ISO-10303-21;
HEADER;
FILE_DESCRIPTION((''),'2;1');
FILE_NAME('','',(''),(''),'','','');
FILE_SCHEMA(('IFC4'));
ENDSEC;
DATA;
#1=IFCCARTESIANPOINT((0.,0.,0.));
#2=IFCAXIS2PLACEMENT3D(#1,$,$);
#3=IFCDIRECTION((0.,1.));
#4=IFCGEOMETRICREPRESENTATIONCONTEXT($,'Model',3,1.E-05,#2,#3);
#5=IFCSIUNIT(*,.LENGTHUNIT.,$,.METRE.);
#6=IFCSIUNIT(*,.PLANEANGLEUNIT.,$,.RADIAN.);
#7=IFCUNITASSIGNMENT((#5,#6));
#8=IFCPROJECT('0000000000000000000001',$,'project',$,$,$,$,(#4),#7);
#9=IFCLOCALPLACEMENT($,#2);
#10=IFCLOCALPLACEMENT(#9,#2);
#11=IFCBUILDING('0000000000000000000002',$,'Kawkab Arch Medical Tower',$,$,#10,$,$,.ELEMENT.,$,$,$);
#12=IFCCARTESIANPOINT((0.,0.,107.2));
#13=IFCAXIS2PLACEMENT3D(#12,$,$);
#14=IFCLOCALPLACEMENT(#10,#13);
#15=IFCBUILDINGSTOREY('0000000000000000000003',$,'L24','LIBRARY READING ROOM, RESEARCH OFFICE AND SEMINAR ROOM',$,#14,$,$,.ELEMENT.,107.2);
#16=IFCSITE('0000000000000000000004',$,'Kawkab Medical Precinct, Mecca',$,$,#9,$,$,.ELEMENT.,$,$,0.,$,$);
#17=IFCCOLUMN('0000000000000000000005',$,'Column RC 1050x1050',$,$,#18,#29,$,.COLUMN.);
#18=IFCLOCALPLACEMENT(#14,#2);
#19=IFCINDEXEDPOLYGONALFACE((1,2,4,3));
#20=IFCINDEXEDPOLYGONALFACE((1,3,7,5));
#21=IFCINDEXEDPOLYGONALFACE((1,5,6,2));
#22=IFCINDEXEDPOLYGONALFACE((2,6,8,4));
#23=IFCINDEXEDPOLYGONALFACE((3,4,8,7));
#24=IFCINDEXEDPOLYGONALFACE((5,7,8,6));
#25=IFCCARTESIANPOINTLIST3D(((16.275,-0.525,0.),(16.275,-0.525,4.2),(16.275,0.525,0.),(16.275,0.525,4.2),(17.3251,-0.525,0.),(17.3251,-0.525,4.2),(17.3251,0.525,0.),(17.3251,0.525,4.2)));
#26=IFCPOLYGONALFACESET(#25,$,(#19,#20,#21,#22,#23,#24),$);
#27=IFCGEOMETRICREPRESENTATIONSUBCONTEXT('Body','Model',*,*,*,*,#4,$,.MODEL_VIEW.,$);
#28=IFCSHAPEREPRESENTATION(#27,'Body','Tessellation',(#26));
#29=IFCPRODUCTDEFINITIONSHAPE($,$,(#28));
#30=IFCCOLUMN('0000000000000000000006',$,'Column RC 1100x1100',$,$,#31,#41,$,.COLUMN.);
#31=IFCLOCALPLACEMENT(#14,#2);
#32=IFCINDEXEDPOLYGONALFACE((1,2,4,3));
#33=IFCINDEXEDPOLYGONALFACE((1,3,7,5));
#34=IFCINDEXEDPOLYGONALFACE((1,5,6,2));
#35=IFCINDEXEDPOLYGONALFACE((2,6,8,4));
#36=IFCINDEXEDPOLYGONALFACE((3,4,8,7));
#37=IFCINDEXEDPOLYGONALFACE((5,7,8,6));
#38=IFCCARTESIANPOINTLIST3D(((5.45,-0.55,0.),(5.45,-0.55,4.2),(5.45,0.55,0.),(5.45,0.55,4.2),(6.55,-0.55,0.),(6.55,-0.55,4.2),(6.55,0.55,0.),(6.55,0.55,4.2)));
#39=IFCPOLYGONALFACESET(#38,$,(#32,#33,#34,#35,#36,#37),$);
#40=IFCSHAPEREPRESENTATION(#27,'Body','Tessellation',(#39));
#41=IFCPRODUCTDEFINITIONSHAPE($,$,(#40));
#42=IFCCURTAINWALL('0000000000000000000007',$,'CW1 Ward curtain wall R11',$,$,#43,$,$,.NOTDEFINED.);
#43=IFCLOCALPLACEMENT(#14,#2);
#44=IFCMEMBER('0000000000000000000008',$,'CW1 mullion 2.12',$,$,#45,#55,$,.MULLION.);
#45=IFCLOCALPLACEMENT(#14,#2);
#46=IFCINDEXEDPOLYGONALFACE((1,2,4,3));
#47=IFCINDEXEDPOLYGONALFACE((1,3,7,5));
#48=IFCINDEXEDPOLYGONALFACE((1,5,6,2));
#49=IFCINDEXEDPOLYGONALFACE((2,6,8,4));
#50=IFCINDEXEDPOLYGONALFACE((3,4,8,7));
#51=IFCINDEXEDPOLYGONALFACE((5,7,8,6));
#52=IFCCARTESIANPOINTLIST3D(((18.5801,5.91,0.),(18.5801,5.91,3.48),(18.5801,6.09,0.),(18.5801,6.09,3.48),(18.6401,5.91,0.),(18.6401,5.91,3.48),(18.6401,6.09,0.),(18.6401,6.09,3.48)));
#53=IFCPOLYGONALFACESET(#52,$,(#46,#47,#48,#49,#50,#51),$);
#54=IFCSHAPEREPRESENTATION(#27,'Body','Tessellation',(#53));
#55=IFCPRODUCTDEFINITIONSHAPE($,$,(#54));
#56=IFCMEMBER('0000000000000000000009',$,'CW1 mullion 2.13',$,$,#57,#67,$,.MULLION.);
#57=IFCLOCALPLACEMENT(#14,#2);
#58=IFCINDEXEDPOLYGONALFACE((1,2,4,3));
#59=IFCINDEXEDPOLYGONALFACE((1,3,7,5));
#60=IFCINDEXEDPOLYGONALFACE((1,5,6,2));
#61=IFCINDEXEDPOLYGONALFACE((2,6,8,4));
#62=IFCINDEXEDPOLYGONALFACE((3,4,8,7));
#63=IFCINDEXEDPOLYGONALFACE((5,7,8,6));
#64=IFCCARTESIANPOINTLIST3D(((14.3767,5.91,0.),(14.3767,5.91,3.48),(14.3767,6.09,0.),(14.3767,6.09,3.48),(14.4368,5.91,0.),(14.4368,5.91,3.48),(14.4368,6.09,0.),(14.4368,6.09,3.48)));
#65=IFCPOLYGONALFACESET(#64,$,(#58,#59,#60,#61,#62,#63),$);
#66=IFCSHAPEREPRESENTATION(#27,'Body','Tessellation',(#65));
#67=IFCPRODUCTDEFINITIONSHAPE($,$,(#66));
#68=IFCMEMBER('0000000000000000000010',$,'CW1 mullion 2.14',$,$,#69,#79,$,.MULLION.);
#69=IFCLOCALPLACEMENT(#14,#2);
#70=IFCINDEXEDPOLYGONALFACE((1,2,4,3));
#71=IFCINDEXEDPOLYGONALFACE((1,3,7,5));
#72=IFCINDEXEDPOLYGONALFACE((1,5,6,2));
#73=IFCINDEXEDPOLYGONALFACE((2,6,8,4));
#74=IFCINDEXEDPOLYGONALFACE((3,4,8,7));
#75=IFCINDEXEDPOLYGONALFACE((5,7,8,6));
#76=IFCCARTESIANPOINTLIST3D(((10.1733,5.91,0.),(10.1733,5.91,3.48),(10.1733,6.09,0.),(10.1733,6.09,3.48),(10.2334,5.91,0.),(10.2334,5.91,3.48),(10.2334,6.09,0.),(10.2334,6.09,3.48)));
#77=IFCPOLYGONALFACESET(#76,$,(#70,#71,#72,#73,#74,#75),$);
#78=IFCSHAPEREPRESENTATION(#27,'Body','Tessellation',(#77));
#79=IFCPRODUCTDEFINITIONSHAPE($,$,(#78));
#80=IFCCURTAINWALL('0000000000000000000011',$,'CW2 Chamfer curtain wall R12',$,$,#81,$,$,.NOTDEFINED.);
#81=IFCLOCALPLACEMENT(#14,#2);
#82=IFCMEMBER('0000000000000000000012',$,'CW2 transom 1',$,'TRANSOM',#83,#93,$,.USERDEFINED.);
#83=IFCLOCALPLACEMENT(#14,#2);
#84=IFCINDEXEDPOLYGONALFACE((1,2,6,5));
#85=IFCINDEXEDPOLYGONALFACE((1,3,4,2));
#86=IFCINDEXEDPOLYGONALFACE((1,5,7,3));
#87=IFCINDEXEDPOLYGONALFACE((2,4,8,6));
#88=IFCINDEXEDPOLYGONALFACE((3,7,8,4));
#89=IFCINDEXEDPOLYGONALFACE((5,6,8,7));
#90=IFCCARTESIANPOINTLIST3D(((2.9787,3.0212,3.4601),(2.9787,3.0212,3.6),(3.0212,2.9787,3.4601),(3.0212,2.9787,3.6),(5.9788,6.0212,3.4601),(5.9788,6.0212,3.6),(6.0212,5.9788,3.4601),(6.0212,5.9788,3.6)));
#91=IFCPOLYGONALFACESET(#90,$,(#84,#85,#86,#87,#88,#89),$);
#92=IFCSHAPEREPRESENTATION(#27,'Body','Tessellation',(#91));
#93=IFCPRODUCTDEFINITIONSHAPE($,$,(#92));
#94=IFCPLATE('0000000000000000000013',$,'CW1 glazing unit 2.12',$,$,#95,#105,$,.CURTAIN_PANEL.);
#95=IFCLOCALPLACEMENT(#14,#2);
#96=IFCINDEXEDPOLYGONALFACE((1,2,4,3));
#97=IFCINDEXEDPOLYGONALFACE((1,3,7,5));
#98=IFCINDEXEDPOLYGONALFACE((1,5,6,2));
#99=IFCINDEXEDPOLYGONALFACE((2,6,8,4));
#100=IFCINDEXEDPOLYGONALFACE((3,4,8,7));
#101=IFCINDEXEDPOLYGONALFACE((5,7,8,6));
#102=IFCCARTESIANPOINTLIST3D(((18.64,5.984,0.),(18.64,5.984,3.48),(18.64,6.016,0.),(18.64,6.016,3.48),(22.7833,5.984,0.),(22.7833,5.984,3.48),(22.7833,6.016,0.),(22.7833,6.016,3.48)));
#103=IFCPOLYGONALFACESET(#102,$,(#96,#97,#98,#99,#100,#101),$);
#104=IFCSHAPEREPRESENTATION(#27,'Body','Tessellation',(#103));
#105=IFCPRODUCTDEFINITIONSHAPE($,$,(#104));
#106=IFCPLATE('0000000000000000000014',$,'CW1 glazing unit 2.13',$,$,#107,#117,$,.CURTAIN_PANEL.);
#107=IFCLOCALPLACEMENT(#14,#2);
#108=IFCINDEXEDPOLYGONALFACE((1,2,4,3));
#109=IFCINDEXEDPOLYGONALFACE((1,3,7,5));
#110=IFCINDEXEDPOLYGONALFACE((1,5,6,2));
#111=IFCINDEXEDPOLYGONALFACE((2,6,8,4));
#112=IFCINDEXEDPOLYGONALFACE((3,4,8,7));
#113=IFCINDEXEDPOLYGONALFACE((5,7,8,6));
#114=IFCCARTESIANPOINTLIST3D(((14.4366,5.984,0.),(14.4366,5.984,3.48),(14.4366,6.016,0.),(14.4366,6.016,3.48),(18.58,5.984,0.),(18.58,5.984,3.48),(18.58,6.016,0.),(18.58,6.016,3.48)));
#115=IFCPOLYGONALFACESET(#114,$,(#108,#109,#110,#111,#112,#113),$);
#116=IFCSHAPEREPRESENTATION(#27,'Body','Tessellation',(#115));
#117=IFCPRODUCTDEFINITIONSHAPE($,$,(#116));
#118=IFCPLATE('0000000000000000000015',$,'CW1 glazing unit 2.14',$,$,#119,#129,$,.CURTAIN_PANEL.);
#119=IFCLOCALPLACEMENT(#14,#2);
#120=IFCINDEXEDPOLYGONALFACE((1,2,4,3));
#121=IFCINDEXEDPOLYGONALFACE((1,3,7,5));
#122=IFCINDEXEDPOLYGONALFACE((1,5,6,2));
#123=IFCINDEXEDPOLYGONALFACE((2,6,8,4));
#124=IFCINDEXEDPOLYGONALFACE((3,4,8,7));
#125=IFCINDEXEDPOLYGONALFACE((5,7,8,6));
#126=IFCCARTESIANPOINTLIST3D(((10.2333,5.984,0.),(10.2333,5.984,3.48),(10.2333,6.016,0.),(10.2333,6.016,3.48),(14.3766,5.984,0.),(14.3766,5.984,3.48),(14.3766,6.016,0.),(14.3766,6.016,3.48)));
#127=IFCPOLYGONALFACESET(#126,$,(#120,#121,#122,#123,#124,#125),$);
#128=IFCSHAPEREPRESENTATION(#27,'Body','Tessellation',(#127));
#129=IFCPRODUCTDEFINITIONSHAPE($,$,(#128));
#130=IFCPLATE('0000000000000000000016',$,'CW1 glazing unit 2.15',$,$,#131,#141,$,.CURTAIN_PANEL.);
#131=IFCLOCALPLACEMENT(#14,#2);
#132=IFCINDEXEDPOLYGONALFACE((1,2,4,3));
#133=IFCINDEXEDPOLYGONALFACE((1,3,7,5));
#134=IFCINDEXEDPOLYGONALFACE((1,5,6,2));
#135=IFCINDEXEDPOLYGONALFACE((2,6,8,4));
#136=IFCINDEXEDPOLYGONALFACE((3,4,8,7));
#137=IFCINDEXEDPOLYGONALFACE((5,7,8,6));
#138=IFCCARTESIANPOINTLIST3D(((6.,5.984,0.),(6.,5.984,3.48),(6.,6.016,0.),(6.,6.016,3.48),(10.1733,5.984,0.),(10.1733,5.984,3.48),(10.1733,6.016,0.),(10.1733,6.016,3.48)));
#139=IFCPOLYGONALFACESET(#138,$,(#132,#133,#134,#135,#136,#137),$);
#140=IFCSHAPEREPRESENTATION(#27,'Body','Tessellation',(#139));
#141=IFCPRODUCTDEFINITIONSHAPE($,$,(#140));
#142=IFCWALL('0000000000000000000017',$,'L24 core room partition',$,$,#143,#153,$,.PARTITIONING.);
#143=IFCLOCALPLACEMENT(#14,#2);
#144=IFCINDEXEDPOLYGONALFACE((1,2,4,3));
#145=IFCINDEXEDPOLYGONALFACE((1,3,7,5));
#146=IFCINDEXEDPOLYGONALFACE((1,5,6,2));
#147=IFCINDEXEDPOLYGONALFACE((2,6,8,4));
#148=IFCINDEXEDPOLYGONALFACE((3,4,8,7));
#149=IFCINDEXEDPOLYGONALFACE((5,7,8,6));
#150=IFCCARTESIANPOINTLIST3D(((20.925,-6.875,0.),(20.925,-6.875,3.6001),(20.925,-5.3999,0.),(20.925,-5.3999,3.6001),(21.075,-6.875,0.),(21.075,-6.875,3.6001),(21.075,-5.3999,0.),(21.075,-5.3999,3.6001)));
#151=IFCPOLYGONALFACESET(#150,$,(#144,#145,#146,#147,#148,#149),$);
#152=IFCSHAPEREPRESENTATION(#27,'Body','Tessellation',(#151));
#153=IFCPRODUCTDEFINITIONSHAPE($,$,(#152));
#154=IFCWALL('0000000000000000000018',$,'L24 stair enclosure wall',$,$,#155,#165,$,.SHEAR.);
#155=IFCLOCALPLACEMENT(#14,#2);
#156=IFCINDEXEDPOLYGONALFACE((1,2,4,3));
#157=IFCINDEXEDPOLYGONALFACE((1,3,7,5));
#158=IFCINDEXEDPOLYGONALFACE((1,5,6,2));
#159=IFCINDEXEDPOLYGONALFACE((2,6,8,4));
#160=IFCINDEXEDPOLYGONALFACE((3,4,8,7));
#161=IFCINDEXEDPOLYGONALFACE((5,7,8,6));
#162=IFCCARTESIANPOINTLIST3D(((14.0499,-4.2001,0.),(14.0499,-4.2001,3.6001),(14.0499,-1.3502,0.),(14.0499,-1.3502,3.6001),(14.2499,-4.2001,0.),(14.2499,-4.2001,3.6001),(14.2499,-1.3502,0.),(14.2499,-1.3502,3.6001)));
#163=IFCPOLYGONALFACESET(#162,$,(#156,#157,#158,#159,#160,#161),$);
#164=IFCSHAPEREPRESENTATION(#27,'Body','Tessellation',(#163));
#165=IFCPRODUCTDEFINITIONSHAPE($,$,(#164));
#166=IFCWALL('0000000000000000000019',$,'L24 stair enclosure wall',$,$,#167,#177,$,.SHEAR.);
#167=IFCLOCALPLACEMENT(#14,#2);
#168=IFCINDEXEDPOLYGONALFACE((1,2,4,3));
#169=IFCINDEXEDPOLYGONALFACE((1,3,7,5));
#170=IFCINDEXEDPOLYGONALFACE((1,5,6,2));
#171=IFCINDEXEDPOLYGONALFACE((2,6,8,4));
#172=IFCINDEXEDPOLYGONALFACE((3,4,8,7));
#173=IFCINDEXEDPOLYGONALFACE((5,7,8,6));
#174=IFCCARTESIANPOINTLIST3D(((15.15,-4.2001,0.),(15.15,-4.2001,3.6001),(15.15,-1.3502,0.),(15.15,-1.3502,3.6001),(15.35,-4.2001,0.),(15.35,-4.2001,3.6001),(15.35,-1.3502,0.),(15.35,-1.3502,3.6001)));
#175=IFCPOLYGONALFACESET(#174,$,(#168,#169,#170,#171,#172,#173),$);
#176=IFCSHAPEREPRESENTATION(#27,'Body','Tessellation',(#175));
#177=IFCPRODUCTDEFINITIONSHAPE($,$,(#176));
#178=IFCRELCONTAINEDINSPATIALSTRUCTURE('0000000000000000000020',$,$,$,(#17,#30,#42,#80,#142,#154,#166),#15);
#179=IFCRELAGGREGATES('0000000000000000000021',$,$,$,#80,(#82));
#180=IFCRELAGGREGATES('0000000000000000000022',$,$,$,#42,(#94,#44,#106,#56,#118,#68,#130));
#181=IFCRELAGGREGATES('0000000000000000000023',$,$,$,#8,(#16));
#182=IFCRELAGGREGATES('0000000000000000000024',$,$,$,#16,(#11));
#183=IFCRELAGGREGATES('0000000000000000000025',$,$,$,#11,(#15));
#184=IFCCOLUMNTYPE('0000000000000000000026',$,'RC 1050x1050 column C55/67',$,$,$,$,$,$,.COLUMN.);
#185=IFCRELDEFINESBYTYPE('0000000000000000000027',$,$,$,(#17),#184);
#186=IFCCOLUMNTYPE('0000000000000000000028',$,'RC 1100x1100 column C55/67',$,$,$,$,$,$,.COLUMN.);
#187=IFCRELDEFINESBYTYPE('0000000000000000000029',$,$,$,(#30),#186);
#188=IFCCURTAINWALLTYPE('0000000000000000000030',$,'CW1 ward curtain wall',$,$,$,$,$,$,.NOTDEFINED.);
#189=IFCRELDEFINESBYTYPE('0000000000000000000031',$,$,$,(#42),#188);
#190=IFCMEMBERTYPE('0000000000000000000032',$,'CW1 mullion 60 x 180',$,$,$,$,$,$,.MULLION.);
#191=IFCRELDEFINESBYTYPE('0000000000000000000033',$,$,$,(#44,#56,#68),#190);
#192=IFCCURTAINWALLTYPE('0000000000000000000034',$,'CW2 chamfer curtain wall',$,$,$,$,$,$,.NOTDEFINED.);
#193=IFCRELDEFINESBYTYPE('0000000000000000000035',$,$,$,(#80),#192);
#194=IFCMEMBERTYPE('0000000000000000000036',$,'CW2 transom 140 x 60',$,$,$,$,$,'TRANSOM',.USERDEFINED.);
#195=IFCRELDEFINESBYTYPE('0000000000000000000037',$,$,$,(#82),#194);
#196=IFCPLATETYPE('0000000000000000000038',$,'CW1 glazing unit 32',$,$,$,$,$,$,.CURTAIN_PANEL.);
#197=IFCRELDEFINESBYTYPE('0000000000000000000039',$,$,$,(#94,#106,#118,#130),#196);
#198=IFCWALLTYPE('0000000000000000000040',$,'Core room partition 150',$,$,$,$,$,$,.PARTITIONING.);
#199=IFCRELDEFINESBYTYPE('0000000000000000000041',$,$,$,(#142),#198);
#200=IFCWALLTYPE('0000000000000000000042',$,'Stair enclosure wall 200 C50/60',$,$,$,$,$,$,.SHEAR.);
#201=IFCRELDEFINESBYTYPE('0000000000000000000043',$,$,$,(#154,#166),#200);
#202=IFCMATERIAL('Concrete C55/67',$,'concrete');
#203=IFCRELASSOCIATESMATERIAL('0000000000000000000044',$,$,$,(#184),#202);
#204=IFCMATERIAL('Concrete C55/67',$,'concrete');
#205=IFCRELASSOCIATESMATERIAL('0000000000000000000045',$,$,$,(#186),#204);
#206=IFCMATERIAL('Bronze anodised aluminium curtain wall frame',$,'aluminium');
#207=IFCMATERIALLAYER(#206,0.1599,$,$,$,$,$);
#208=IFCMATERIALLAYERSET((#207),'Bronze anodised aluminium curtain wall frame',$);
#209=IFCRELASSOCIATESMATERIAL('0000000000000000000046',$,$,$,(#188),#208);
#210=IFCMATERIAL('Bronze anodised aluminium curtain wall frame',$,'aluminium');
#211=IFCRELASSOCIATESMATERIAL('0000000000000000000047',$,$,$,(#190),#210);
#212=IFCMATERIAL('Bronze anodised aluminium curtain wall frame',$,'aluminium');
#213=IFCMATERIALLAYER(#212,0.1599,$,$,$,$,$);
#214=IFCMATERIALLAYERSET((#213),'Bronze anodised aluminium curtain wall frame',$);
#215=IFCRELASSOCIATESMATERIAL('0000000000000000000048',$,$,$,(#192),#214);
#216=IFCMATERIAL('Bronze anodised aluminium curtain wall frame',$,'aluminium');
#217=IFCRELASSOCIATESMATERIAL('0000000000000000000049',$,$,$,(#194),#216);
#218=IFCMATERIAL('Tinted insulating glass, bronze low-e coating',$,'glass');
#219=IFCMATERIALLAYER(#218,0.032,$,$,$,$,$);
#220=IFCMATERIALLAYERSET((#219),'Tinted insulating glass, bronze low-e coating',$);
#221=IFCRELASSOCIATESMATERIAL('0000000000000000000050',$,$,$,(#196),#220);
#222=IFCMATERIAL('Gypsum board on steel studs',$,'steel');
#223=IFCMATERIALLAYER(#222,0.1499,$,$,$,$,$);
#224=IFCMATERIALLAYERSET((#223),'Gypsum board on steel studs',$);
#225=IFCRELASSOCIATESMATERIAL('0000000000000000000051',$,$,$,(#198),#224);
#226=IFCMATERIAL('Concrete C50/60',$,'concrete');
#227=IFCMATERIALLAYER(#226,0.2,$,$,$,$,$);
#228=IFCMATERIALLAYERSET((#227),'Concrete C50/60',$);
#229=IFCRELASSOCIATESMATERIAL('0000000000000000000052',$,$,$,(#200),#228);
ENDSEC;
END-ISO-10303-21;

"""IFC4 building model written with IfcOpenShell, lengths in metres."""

from ifc_helpers import new_model, si_unit, direction, frame, frame_2d, origin, origin_2d, place, context, subcontext, project, spatial, rectangle, extrude, material, layer, layer_set, material_profile, profile_set, type_object, element, aggregate, save


model = new_model("IFC4")

# Units and contexts
model_context = context("Model", 3, precision=1e-05, world=origin(), true_north=direction((0.0, 1.0)))
body_context = subcontext(model_context, "Body", "Model", "MODEL_VIEW")
ifc_project = project(units=[si_unit("LENGTHUNIT", "METRE"), si_unit("PLANEANGLEUNIT", "RADIAN")], contexts=[model_context])

# Site, building, storey
site_placement = place(None, origin())
site = spatial("IfcSite", under=ifc_project, at=site_placement, Name="Kawkab Medical Precinct, Mecca", CompositionType="ELEMENT", RefElevation=0.0)
building_placement = place(site_placement, origin())
building = spatial("IfcBuilding", under=site, at=building_placement, Name="Kawkab Arch Medical Tower", CompositionType="ELEMENT")
storey_placement = place(building_placement, frame((0.0, 0.0, 107.2)))
storey = spatial("IfcBuildingStorey", under=building, at=storey_placement, Name="L24", Description="LIBRARY READING ROOM, RESEARCH OFFICE AND SEMINAR ROOM", CompositionType="ELEMENT", Elevation=107.2)

# Columns
ifc_material_1 = material(Name="Concrete C55/67", Category="concrete")
ifc_material_profile_1 = material_profile(ifc_material_1, rectangle(XDim=1.05, YDim=1.05, at=origin_2d()), Name="RC 1050x1050")
ifc_profile_set_1 = profile_set([ifc_material_profile_1], Name="Concrete C55/67")
column_type_1 = type_object("IfcColumnType", Name="RC 1050x1050 column C55/67", PredefinedType="COLUMN", material=ifc_profile_set_1)
column_1_placement = place(storey_placement, frame((16.8, 0.0, 0.0), z_axis=(0.0, 0.0, 1.0), x_axis=(1.0, 0.0, 0.0)))
element("IfcColumn", 1, at=column_1_placement, inside=storey, type_object=column_type_1, Name="Column RC 1050x1050", PredefinedType="COLUMN", context=body_context, shape_type="SweptSolid", body=[
    extrude(rectangle(XDim=1.05, YDim=1.05, at=origin_2d()), origin(), (0.0, 0.0, 1.0), 4.2),
])
ifc_material_2 = material(Name="Concrete C55/67", Category="concrete")
ifc_material_profile_2 = material_profile(ifc_material_2, rectangle(XDim=1.1001, YDim=1.1001, at=origin_2d()), Name="RC 1100x1100")
ifc_profile_set_2 = profile_set([ifc_material_profile_2], Name="Concrete C55/67")
column_type_2 = type_object("IfcColumnType", Name="RC 1100x1100 column C55/67", PredefinedType="COLUMN", material=ifc_profile_set_2)
column_2_placement = place(storey_placement, frame((6.0, 0.0, 0.0), z_axis=(0.0, 0.0, 1.0), x_axis=(1.0, 0.0, 0.0)))
element("IfcColumn", 2, at=column_2_placement, inside=storey, type_object=column_type_2, Name="Column RC 1100x1100", PredefinedType="COLUMN", context=body_context, shape_type="SweptSolid", body=[
    extrude(rectangle(XDim=1.1001, YDim=1.1001, at=origin_2d()), origin(), (0.0, 0.0, 1.0), 4.2),
])

# Curtain wall, members
ifc_material_3 = material(Name="Bronze anodised aluminium curtain wall frame", Category="aluminium")
ifc_layer_1 = layer(ifc_material_3, 0.1599)
ifc_layer_set_1 = layer_set([ifc_layer_1], Name="Bronze anodised aluminium curtain wall frame")
curtain_wall_type_1 = type_object("IfcCurtainWallType", Name="CW1 ward curtain wall", PredefinedType="NOTDEFINED", material=ifc_layer_set_1)
placement = place(storey_placement, origin())
curtain_wall_1 = element("IfcCurtainWall", 3, at=placement, inside=storey, type_object=curtain_wall_type_1, Name="CW1 Ward curtain wall R11", PredefinedType="NOTDEFINED")
ifc_material_4 = material(Name="Bronze anodised aluminium curtain wall frame", Category="aluminium")
ifc_material_profile_3 = material_profile(ifc_material_4, rectangle(XDim=0.1799, YDim=0.0601, at=origin_2d()), Name="AL 60x180")
ifc_profile_set_3 = profile_set([ifc_material_profile_3], Name="Bronze anodised aluminium curtain wall frame")
member_type_1 = type_object("IfcMemberType", Name="CW1 mullion 60 x 180", PredefinedType="MULLION", material=ifc_profile_set_3)
member_1_placement = place(storey_placement, frame((18.6101, 6.0, 0.0), z_axis=(0.0, 0.0, 1.0), x_axis=(0.0, -1.0, 0.0)))
member_1 = element("IfcMember", 4, at=member_1_placement, type_object=member_type_1, Name="CW1 mullion 2.12", PredefinedType="MULLION", context=body_context, shape_type="SweptSolid", body=[
    extrude(rectangle(XDim=0.1799, YDim=0.0601, at=origin_2d()), origin(), (0.0, 0.0, 1.0), 3.48),
])
member_2_placement = place(storey_placement, frame((14.4067, 6.0, 0.0), z_axis=(0.0, 0.0, 1.0), x_axis=(0.0, -1.0, 0.0)))
member_2 = element("IfcMember", 5, at=member_2_placement, type_object=member_type_1, Name="CW1 mullion 2.13", PredefinedType="MULLION", context=body_context, shape_type="SweptSolid", body=[
    extrude(rectangle(XDim=0.1799, YDim=0.0601, at=origin_2d()), origin(), (0.0, 0.0, 1.0), 3.48),
])
member_3_placement = place(storey_placement, frame((10.2034, 6.0, 0.0), z_axis=(0.0, 0.0, 1.0), x_axis=(0.0, -1.0, 0.0)))
member_3 = element("IfcMember", 6, at=member_3_placement, type_object=member_type_1, Name="CW1 mullion 2.14", PredefinedType="MULLION", context=body_context, shape_type="SweptSolid", body=[
    extrude(rectangle(XDim=0.1799, YDim=0.0601, at=origin_2d()), origin(), (0.0, 0.0, 1.0), 3.48),
])

# Curtain wall, member
ifc_material_5 = material(Name="Bronze anodised aluminium curtain wall frame", Category="aluminium")
ifc_layer_2 = layer(ifc_material_5, 0.1599)
ifc_layer_set_2 = layer_set([ifc_layer_2], Name="Bronze anodised aluminium curtain wall frame")
curtain_wall_type_2 = type_object("IfcCurtainWallType", Name="CW2 chamfer curtain wall", PredefinedType="NOTDEFINED", material=ifc_layer_set_2)
curtain_wall_2 = element("IfcCurtainWall", 7, at=placement, inside=storey, type_object=curtain_wall_type_2, Name="CW2 Chamfer curtain wall R12", PredefinedType="NOTDEFINED")
ifc_material_6 = material(Name="Bronze anodised aluminium curtain wall frame", Category="aluminium")
ifc_material_profile_4 = material_profile(ifc_material_6, rectangle(XDim=0.0601, YDim=0.1399, at=origin_2d()), Name="AL 60x140")
ifc_profile_set_4 = profile_set([ifc_material_profile_4], Name="Bronze anodised aluminium curtain wall frame")
member_type_2 = type_object("IfcMemberType", Name="CW2 transom 140 x 60", ElementType="TRANSOM", PredefinedType="USERDEFINED", material=ifc_profile_set_4)
member_4_placement = place(storey_placement, frame((6.0, 6.0, 3.53), z_axis=(-0.707107, -0.707107, 0.0), x_axis=(0.707107, -0.707107, 0.0)))
member_4 = element("IfcMember", 8, at=member_4_placement, type_object=member_type_2, Name="CW2 transom 1", ObjectType="TRANSOM", PredefinedType="USERDEFINED", context=body_context, shape_type="SweptSolid", body=[
    extrude(rectangle(XDim=0.0601, YDim=0.1399, at=origin_2d()), origin(), (0.0, 0.0, 1.0), 4.2427),
])
aggregate(curtain_wall_2, [member_4])

# Plates
ifc_material_7 = material(Name="Tinted insulating glass, bronze low-e coating", Category="glass")
ifc_layer_3 = layer(ifc_material_7, 0.032)
ifc_layer_set_3 = layer_set([ifc_layer_3], Name="Tinted insulating glass, bronze low-e coating")
plate_type = type_object("IfcPlateType", Name="CW1 glazing unit 32", PredefinedType="CURTAIN_PANEL", material=ifc_layer_set_3)
plate_1_placement = place(storey_placement, frame((20.7117, 6.0, 0.0), z_axis=(0.0, 0.0, 1.0), x_axis=(-1.0, 0.0, 0.0)))
plate_1 = element("IfcPlate", 9, at=plate_1_placement, type_object=plate_type, Name="CW1 glazing unit 2.12", PredefinedType="CURTAIN_PANEL", context=body_context, shape_type="SweptSolid", body=[
    extrude(rectangle(XDim=4.1433, YDim=0.032, at=origin_2d()), origin(), (0.0, 0.0, 1.0), 3.48),
])
plate_2_placement = place(storey_placement, frame((16.5083, 6.0, 0.0), z_axis=(0.0, 0.0, 1.0), x_axis=(-1.0, 0.0, 0.0)))
plate_2 = element("IfcPlate", 10, at=plate_2_placement, type_object=plate_type, Name="CW1 glazing unit 2.13", PredefinedType="CURTAIN_PANEL", context=body_context, shape_type="SweptSolid", body=[
    extrude(rectangle(XDim=4.1433, YDim=0.032, at=origin_2d()), origin(), (0.0, 0.0, 1.0), 3.48),
])
plate_3_placement = place(storey_placement, frame((12.3049, 6.0, 0.0), z_axis=(0.0, 0.0, 1.0), x_axis=(-1.0, 0.0, 0.0)))
plate_3 = element("IfcPlate", 11, at=plate_3_placement, type_object=plate_type, Name="CW1 glazing unit 2.14", PredefinedType="CURTAIN_PANEL", context=body_context, shape_type="SweptSolid", body=[
    extrude(rectangle(XDim=4.1433, YDim=0.032, at=origin_2d()), origin(), (0.0, 0.0, 1.0), 3.48),
])
plate_4_placement = place(storey_placement, frame((8.0867, 6.0, 0.0), z_axis=(0.0, 0.0, 1.0), x_axis=(-1.0, 0.0, 0.0)))
plate_4 = element("IfcPlate", 12, at=plate_4_placement, type_object=plate_type, Name="CW1 glazing unit 2.15", PredefinedType="CURTAIN_PANEL", context=body_context, shape_type="SweptSolid", body=[
    extrude(rectangle(XDim=4.1733, YDim=0.032, at=origin_2d()), origin(), (0.0, 0.0, 1.0), 3.48),
])
aggregate(curtain_wall_1, [plate_1, member_1, plate_2, member_2, plate_3, member_3, plate_4])

# Walls
ifc_material_8 = material(Name="Gypsum board on steel studs", Category="steel")
ifc_layer_4 = layer(ifc_material_8, 0.1499)
ifc_layer_set_4 = layer_set([ifc_layer_4], Name="Gypsum board on steel studs")
wall_type_1 = type_object("IfcWallType", Name="Core room partition 150", PredefinedType="PARTITIONING", material=ifc_layer_set_4)
wall_1_placement = place(storey_placement, frame((21.0, -6.875, 0.0), z_axis=(0.0, 0.0, 1.0), x_axis=(0.0, 1.0, 0.0)))
element("IfcWall", 13, at=wall_1_placement, inside=storey, type_object=wall_type_1, Name="L24 core room partition", PredefinedType="PARTITIONING", context=body_context, shape_type="SweptSolid", body=[
    extrude(rectangle(XDim=1.4751, YDim=0.1499, at=frame_2d((0.7375, 0.0))), origin(), (0.0, 0.0, 1.0), 3.6001),
])
ifc_material_9 = material(Name="Concrete C50/60", Category="concrete")
ifc_layer_5 = layer(ifc_material_9, 0.2)
ifc_layer_set_5 = layer_set([ifc_layer_5], Name="Concrete C50/60")
wall_type_2 = type_object("IfcWallType", Name="Stair enclosure wall 200 C50/60", PredefinedType="SHEAR", material=ifc_layer_set_5)
for number, where, z_axis, x_axis, name in (
    (14, (14.1499, -4.2, 0.0), (0.0, 0.0, 1.0), (0.0, 1.0, 0.0), "L24 stair enclosure wall"),
    (15, (15.25, -4.2, 0.0), (0.0, 0.0, 1.0), (0.0, 1.0, 0.0), "L24 stair enclosure wall"),
):
    element("IfcWall", number, at=place(storey_placement, frame(where, z_axis=z_axis, x_axis=x_axis)), inside=storey, type_object=wall_type_2, Name=name, PredefinedType="SHEAR", context=body_context, shape_type="SweptSolid", body=[
        extrude(rectangle(XDim=2.8499, YDim=0.2, at=frame_2d((1.4248, 0.0))), origin(), (0.0, 0.0, 1.0), 3.6001),
    ])

save(model, "model.ifc")
